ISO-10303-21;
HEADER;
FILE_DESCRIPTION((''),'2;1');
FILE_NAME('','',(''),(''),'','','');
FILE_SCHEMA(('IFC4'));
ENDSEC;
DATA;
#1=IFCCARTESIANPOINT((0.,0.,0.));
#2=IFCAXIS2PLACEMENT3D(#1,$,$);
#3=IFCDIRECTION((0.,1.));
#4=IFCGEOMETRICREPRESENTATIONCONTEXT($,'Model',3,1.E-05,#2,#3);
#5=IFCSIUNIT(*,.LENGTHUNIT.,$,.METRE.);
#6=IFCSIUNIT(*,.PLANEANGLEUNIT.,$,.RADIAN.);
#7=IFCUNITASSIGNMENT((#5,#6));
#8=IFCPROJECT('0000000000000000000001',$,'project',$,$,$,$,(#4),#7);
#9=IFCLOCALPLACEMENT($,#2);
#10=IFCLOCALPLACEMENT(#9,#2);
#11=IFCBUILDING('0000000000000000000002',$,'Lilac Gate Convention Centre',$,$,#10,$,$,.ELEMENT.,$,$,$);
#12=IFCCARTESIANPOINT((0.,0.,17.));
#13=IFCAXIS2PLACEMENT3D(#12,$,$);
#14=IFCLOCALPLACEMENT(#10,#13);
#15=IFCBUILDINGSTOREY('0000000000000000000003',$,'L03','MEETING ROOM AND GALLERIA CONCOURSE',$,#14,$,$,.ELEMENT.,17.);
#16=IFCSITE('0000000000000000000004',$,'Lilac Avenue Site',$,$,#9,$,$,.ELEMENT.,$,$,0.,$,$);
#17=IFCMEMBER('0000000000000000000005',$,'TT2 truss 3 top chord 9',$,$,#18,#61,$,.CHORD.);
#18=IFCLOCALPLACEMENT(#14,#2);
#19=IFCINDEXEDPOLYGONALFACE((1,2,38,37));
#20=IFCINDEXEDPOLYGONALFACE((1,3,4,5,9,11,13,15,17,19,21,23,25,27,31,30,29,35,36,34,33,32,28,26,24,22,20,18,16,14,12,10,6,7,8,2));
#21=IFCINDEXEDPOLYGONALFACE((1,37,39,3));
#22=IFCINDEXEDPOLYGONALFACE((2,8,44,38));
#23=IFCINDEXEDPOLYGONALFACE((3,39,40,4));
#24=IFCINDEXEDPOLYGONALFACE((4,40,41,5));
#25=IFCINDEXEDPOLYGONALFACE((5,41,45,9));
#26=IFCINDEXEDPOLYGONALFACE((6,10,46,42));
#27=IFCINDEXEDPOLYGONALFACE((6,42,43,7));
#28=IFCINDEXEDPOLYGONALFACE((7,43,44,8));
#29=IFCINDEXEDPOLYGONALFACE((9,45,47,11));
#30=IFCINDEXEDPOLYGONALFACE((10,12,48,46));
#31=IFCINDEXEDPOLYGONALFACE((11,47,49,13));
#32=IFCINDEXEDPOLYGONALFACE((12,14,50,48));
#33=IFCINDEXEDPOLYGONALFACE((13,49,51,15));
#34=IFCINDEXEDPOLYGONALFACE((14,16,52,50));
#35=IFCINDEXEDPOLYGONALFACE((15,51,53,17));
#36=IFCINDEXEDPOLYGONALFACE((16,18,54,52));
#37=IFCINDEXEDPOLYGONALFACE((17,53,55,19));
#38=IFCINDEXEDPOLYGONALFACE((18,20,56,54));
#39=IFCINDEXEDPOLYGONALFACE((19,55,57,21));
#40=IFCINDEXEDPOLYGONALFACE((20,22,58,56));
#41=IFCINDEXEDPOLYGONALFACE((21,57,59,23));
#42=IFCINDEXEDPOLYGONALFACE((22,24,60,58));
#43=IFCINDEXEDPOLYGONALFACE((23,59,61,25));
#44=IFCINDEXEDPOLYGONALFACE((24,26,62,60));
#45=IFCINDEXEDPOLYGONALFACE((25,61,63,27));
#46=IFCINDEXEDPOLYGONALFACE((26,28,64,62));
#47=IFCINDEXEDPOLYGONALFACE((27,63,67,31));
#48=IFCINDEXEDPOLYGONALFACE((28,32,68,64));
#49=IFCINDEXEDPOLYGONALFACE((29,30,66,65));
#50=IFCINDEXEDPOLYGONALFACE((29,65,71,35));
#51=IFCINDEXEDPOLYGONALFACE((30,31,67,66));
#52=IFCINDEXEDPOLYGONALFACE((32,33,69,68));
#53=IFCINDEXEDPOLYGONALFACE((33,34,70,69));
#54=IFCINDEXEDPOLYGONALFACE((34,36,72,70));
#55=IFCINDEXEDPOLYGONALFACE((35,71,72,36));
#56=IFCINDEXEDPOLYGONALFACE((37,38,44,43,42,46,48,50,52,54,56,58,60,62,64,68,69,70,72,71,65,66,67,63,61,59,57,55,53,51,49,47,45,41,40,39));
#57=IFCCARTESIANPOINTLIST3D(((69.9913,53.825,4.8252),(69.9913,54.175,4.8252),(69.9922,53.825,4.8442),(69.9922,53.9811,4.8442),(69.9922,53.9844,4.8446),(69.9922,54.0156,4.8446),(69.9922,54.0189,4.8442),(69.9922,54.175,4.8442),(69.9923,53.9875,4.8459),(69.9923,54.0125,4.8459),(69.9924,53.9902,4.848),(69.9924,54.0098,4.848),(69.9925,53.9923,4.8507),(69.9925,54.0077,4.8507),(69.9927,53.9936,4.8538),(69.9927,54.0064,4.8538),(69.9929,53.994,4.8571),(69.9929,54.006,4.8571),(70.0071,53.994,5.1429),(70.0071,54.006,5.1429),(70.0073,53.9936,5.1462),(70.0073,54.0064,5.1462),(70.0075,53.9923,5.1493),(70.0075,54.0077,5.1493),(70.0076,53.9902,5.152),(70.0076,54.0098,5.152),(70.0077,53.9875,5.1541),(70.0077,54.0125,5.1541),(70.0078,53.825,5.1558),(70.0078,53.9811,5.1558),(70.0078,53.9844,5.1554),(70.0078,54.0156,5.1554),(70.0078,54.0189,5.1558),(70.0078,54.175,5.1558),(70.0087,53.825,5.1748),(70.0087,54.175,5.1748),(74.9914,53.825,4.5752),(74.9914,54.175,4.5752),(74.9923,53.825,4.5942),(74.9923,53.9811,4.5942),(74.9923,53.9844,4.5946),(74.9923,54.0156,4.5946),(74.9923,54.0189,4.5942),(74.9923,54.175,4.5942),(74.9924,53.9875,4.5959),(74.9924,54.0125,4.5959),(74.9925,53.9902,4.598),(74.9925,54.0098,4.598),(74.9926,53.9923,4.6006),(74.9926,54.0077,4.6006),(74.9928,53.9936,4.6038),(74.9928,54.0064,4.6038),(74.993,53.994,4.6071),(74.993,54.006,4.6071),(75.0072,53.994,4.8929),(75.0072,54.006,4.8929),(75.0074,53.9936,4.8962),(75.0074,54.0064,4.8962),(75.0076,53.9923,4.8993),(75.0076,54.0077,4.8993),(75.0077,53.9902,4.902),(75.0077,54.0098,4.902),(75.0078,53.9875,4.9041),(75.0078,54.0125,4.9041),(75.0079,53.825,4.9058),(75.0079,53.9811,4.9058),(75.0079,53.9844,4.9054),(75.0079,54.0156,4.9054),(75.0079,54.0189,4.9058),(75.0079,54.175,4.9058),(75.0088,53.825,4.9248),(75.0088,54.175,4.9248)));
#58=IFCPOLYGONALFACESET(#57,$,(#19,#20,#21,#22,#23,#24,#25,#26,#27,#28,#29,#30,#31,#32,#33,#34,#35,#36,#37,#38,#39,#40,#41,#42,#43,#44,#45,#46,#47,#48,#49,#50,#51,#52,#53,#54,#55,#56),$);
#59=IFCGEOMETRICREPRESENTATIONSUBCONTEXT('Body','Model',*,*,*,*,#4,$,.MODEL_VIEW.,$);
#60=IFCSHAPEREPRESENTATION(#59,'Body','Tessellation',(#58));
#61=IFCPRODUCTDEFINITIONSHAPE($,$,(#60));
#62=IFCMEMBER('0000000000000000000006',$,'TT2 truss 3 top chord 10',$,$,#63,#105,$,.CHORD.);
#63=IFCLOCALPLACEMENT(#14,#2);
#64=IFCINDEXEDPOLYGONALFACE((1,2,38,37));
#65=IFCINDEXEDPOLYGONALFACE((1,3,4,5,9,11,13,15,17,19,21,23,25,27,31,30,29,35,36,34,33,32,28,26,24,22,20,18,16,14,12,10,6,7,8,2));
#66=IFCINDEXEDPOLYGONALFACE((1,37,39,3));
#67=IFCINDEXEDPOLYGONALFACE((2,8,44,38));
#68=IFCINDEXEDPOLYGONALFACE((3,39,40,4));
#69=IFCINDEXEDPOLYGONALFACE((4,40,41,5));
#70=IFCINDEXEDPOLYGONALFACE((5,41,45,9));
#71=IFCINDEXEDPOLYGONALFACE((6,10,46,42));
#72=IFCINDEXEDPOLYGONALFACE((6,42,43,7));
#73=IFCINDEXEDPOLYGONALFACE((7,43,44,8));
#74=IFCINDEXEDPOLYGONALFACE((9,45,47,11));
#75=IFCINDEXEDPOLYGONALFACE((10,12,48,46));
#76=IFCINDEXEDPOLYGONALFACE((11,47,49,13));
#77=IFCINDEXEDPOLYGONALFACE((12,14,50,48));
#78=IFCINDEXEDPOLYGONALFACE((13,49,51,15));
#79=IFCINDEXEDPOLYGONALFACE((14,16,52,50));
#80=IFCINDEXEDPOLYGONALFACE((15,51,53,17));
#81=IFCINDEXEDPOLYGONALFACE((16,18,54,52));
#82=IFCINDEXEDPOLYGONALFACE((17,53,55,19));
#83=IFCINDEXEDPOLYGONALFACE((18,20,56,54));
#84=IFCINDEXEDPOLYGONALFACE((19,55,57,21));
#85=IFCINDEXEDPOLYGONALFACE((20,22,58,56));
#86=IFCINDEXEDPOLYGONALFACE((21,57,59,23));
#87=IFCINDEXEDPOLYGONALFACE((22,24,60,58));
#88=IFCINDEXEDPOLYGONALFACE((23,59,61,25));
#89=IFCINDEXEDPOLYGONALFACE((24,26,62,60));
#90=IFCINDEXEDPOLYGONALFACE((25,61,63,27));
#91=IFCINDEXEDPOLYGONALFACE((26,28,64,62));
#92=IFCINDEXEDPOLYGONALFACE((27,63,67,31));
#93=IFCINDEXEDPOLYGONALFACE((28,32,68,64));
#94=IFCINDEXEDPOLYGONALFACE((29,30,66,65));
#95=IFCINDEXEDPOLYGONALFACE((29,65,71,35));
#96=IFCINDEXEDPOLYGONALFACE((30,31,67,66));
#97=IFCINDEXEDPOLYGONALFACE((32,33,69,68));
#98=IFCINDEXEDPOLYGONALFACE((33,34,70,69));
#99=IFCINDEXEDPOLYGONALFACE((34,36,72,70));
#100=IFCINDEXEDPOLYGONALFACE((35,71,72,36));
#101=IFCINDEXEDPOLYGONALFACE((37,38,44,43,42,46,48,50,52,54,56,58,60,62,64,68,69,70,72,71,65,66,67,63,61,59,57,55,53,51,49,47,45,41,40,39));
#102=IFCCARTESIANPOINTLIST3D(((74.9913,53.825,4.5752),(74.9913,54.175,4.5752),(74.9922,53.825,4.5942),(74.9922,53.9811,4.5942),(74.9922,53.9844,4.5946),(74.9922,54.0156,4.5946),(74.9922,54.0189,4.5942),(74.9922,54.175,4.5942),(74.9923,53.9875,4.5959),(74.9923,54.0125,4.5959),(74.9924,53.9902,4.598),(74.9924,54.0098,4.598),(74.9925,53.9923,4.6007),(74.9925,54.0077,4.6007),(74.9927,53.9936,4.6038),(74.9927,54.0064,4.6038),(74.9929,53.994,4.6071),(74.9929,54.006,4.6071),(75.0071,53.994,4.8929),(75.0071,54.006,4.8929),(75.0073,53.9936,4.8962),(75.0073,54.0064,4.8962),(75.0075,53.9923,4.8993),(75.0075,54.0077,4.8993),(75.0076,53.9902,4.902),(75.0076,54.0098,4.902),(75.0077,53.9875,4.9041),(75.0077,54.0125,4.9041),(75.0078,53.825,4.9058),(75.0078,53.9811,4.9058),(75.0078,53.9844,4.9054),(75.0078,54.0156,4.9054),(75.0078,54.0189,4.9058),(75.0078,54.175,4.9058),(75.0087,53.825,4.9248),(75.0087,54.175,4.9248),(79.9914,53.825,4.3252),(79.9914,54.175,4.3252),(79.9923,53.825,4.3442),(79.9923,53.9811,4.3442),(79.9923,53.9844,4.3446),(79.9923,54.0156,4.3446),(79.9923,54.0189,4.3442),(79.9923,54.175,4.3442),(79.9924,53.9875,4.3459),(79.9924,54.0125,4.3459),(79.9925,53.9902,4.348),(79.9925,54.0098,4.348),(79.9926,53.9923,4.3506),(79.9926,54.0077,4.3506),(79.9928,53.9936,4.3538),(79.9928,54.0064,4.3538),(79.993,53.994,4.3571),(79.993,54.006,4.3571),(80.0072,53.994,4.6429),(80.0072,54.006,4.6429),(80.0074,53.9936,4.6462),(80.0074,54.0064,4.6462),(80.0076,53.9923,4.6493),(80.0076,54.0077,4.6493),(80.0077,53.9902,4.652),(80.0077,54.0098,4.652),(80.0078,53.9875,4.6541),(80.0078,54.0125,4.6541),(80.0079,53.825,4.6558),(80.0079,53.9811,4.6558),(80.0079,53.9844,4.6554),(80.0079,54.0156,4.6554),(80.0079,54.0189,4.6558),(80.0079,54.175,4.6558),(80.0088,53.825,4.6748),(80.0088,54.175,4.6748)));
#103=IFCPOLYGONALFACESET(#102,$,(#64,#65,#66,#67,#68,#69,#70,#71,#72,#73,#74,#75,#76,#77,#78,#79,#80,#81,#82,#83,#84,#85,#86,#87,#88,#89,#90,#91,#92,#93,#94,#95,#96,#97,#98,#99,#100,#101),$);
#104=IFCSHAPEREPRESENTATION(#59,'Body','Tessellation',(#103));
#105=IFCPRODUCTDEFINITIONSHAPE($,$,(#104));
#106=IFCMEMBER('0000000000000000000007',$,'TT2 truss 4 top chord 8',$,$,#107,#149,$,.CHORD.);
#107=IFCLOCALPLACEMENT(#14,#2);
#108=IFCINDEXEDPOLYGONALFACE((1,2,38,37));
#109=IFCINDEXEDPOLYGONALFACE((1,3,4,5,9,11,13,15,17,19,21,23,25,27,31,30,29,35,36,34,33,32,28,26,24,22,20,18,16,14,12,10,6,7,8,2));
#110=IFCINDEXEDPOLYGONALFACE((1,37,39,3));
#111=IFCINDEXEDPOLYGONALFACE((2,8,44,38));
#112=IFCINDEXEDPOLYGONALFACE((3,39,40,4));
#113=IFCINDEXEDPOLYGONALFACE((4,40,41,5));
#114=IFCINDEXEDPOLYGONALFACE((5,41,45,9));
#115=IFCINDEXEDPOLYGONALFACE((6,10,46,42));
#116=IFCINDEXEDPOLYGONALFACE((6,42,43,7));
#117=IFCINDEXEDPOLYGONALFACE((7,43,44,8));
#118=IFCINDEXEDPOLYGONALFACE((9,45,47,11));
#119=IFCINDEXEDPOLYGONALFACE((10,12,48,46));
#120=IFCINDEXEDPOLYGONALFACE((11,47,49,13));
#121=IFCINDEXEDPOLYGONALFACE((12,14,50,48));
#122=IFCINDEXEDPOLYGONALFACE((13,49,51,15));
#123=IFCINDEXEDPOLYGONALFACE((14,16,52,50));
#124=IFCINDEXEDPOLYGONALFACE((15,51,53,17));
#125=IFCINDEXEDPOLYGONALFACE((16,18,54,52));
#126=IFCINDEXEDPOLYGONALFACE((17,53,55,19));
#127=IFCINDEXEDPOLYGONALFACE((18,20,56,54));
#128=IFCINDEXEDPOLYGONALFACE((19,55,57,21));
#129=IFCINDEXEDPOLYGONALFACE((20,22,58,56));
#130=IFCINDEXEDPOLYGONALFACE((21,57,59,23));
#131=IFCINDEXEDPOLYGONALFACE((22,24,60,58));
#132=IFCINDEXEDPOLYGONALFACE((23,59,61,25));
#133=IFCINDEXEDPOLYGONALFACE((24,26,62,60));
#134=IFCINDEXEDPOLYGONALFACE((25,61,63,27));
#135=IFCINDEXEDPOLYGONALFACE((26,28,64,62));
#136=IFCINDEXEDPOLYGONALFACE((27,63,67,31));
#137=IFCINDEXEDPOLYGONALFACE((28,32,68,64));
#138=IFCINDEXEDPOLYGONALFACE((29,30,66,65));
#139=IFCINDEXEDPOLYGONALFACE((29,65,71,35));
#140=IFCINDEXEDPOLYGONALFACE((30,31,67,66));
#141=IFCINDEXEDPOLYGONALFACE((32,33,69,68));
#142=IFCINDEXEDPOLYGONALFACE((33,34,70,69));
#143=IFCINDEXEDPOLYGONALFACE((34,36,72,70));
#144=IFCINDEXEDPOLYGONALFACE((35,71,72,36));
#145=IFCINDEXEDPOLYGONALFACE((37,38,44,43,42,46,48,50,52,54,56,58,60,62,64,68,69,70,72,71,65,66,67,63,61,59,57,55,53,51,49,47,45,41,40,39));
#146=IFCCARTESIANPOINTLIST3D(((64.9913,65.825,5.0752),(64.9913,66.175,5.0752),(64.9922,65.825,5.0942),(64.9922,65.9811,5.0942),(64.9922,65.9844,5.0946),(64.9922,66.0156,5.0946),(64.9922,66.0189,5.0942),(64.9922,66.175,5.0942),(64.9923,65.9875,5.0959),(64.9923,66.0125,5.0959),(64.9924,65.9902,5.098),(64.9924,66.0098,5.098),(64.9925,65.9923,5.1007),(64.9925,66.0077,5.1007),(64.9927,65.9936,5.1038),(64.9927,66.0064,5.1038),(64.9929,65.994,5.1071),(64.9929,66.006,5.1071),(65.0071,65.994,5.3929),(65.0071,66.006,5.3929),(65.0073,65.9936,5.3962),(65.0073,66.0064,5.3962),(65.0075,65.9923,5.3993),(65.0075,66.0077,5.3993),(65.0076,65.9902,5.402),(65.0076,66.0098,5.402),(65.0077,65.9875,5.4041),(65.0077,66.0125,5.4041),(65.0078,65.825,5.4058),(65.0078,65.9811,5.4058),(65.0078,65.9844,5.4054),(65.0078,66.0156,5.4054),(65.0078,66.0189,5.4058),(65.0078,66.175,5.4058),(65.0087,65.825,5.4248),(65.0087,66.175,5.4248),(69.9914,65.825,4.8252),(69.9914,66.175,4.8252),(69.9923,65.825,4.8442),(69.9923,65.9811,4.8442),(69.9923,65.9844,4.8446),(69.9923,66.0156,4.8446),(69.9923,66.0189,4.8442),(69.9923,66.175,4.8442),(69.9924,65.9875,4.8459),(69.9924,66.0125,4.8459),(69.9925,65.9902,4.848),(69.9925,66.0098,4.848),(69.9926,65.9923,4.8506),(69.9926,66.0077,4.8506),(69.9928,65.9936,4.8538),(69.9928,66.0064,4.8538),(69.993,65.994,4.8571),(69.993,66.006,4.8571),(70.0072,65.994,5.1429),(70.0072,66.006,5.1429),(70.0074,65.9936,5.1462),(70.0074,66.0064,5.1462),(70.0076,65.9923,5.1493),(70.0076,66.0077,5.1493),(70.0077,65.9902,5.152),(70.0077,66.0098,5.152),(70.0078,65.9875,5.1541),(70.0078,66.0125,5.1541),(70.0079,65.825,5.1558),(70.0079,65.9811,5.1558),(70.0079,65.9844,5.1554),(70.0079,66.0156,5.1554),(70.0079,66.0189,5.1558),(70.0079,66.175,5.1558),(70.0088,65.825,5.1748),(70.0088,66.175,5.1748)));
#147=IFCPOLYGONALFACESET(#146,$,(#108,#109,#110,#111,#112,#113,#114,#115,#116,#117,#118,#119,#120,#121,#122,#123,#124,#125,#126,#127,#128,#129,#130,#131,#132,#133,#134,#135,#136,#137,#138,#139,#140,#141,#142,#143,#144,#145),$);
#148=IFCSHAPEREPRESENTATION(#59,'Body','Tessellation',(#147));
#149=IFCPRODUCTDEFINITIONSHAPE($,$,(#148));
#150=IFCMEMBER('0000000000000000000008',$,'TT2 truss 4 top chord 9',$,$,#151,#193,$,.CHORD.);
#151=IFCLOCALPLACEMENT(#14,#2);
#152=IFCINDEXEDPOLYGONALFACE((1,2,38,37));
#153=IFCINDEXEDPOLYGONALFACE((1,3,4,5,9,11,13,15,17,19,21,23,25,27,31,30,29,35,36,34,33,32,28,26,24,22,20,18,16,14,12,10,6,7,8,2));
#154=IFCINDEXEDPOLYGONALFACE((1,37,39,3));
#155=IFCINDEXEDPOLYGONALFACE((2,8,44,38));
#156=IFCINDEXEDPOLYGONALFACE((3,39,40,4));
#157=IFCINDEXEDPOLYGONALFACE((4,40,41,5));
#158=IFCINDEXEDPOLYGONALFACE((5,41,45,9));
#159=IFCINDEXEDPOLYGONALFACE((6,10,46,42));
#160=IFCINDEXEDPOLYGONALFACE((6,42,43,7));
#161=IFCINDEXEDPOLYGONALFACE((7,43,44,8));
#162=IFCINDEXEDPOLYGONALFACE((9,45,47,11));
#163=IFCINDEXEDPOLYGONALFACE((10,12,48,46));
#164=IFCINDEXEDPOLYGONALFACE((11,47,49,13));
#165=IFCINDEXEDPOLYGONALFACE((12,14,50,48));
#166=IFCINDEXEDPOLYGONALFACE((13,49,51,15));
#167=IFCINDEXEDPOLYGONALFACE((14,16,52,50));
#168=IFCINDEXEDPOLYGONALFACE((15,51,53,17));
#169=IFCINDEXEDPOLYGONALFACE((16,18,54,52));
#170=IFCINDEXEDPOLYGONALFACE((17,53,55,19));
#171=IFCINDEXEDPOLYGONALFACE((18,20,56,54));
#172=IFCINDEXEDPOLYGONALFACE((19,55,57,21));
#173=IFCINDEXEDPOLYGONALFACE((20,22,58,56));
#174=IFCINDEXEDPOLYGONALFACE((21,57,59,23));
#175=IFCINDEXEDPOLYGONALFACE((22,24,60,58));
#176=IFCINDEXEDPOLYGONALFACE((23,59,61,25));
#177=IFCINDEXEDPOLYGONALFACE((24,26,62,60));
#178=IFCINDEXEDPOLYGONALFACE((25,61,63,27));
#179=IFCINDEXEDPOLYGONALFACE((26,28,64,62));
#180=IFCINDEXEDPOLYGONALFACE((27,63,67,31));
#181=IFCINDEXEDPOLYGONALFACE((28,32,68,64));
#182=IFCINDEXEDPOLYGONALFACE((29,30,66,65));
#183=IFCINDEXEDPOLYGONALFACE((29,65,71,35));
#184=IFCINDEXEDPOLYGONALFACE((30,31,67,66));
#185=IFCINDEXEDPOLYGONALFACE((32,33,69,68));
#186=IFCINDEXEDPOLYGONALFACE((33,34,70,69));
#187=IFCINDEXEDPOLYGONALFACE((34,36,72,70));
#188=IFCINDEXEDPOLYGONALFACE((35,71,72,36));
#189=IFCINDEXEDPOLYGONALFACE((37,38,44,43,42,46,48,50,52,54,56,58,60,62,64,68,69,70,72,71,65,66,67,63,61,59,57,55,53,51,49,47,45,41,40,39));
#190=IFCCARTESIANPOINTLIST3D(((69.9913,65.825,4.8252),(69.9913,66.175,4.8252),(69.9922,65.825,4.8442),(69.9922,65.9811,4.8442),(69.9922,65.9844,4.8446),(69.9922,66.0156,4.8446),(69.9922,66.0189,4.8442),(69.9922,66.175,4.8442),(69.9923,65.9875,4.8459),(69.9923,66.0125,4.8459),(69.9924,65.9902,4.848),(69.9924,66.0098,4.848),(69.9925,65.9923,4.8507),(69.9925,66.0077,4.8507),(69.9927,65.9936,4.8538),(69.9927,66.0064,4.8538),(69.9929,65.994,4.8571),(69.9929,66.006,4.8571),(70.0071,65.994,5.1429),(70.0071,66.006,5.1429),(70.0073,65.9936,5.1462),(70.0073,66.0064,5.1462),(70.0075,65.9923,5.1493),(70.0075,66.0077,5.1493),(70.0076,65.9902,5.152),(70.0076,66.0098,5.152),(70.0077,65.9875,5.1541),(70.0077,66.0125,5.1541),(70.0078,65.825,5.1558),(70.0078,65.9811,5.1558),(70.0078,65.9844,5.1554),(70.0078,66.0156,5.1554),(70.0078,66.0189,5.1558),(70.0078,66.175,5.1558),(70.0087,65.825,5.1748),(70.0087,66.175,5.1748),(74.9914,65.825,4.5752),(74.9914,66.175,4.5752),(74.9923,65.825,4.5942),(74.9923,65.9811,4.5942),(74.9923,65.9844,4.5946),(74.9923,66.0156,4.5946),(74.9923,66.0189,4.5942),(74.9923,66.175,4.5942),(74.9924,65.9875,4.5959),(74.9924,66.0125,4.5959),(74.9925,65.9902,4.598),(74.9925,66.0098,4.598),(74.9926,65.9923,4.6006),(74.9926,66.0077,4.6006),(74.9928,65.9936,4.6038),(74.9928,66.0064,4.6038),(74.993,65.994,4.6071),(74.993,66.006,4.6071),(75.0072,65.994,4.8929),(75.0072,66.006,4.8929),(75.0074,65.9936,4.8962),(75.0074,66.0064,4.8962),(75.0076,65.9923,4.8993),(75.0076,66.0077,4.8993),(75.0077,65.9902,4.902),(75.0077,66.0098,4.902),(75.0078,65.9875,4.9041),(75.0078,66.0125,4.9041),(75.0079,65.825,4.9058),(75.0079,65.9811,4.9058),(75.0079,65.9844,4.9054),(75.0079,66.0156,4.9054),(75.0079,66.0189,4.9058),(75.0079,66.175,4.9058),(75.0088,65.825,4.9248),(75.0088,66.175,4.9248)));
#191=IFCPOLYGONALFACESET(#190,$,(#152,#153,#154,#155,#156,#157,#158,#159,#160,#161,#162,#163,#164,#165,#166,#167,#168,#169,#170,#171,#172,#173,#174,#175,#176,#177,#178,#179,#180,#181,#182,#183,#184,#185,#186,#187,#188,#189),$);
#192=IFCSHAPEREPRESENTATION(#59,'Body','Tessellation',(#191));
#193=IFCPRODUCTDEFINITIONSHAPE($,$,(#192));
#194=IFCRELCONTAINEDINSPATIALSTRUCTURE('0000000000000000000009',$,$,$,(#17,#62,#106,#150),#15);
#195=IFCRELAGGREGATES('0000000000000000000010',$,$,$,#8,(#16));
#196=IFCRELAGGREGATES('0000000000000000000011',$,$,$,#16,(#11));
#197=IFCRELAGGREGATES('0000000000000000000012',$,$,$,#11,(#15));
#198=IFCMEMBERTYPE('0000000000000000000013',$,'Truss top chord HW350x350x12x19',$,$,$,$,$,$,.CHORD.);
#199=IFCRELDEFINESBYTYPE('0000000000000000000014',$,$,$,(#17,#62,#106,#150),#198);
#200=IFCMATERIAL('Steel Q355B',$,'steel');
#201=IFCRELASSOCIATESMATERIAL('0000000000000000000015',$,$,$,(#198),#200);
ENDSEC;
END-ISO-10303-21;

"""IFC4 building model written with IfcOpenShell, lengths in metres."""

from ifc_helpers import new_model, si_unit, direction, frame, origin, origin_2d, place, context, subcontext, project, spatial, i_section, extrude, material, material_profile, profile_set, type_object, element, save


model = new_model("IFC4")

# Units and contexts
model_context = context("Model", 3, precision=1e-05, world=origin(), true_north=direction((0.0, 1.0)))
body_context = subcontext(model_context, "Body", "Model", "MODEL_VIEW")
ifc_project = project(units=[si_unit("LENGTHUNIT", "METRE"), si_unit("PLANEANGLEUNIT", "RADIAN")], contexts=[model_context])

# Site, building, storey
site_placement = place(None, origin())
site = spatial("IfcSite", under=ifc_project, at=site_placement, Name="Lilac Avenue Site", CompositionType="ELEMENT", RefElevation=0.0)
building_placement = place(site_placement, origin())
building = spatial("IfcBuilding", under=site, at=building_placement, Name="Lilac Gate Convention Centre", CompositionType="ELEMENT")
storey_placement = place(building_placement, frame((0.0, 0.0, 17.0)))
storey = spatial("IfcBuildingStorey", under=building, at=storey_placement, Name="L03", Description="MEETING ROOM AND GALLERIA CONCOURSE", CompositionType="ELEMENT", Elevation=17.0)

# Members
ifc_material = material(Name="Steel Q355B", Category="steel")
ifc_material_profile_1 = material_profile(ifc_material, i_section(OverallWidth=0.3501, OverallDepth=0.3501, WebThickness=0.012, FlangeThickness=0.019, FilletRadius=0.0129, at=origin_2d()), Name="HW350x350x12x19")
ifc_profile_set_1 = profile_set([ifc_material_profile_1], Name="Steel Q355B")
member_type_1 = type_object("IfcMemberType", Name="Truss top chord HW350x350x12x19", PredefinedType="CHORD", material=ifc_profile_set_1)
for number, where, z_axis, x_axis, name in (
    (1, (70.0, 54.0, 5.0), (0.998752, 0.0, -0.049938), (0.0, 1.0, 0.0), "TT2 truss 3 top chord 9"),
    (2, (75.0, 54.0, 4.75), (0.998752, 0.0, -0.049938), (0.0, 1.0, 0.0), "TT2 truss 3 top chord 10"),
    (3, (65.0, 66.0, 5.25), (0.998752, 0.0, -0.049938), (0.0, 1.0, 0.0), "TT2 truss 4 top chord 8"),
    (4, (70.0, 66.0, 5.0), (0.998752, 0.0, -0.049938), (0.0, 1.0, 0.0), "TT2 truss 4 top chord 9"),
):
    element("IfcMember", number, at=place(storey_placement, frame(where, z_axis=z_axis, x_axis=x_axis)), inside=storey, type_object=member_type_1, Name=name, PredefinedType="CHORD", context=body_context, shape_type="SweptSolid", body=[
        extrude(i_section(OverallWidth=0.3501, OverallDepth=0.3501, WebThickness=0.012, FlangeThickness=0.019, FilletRadius=0.0129, at=origin_2d()), origin(), (0.0, 0.0, 1.0), 5.0063),
    ])

save(model, "model.ifc")
